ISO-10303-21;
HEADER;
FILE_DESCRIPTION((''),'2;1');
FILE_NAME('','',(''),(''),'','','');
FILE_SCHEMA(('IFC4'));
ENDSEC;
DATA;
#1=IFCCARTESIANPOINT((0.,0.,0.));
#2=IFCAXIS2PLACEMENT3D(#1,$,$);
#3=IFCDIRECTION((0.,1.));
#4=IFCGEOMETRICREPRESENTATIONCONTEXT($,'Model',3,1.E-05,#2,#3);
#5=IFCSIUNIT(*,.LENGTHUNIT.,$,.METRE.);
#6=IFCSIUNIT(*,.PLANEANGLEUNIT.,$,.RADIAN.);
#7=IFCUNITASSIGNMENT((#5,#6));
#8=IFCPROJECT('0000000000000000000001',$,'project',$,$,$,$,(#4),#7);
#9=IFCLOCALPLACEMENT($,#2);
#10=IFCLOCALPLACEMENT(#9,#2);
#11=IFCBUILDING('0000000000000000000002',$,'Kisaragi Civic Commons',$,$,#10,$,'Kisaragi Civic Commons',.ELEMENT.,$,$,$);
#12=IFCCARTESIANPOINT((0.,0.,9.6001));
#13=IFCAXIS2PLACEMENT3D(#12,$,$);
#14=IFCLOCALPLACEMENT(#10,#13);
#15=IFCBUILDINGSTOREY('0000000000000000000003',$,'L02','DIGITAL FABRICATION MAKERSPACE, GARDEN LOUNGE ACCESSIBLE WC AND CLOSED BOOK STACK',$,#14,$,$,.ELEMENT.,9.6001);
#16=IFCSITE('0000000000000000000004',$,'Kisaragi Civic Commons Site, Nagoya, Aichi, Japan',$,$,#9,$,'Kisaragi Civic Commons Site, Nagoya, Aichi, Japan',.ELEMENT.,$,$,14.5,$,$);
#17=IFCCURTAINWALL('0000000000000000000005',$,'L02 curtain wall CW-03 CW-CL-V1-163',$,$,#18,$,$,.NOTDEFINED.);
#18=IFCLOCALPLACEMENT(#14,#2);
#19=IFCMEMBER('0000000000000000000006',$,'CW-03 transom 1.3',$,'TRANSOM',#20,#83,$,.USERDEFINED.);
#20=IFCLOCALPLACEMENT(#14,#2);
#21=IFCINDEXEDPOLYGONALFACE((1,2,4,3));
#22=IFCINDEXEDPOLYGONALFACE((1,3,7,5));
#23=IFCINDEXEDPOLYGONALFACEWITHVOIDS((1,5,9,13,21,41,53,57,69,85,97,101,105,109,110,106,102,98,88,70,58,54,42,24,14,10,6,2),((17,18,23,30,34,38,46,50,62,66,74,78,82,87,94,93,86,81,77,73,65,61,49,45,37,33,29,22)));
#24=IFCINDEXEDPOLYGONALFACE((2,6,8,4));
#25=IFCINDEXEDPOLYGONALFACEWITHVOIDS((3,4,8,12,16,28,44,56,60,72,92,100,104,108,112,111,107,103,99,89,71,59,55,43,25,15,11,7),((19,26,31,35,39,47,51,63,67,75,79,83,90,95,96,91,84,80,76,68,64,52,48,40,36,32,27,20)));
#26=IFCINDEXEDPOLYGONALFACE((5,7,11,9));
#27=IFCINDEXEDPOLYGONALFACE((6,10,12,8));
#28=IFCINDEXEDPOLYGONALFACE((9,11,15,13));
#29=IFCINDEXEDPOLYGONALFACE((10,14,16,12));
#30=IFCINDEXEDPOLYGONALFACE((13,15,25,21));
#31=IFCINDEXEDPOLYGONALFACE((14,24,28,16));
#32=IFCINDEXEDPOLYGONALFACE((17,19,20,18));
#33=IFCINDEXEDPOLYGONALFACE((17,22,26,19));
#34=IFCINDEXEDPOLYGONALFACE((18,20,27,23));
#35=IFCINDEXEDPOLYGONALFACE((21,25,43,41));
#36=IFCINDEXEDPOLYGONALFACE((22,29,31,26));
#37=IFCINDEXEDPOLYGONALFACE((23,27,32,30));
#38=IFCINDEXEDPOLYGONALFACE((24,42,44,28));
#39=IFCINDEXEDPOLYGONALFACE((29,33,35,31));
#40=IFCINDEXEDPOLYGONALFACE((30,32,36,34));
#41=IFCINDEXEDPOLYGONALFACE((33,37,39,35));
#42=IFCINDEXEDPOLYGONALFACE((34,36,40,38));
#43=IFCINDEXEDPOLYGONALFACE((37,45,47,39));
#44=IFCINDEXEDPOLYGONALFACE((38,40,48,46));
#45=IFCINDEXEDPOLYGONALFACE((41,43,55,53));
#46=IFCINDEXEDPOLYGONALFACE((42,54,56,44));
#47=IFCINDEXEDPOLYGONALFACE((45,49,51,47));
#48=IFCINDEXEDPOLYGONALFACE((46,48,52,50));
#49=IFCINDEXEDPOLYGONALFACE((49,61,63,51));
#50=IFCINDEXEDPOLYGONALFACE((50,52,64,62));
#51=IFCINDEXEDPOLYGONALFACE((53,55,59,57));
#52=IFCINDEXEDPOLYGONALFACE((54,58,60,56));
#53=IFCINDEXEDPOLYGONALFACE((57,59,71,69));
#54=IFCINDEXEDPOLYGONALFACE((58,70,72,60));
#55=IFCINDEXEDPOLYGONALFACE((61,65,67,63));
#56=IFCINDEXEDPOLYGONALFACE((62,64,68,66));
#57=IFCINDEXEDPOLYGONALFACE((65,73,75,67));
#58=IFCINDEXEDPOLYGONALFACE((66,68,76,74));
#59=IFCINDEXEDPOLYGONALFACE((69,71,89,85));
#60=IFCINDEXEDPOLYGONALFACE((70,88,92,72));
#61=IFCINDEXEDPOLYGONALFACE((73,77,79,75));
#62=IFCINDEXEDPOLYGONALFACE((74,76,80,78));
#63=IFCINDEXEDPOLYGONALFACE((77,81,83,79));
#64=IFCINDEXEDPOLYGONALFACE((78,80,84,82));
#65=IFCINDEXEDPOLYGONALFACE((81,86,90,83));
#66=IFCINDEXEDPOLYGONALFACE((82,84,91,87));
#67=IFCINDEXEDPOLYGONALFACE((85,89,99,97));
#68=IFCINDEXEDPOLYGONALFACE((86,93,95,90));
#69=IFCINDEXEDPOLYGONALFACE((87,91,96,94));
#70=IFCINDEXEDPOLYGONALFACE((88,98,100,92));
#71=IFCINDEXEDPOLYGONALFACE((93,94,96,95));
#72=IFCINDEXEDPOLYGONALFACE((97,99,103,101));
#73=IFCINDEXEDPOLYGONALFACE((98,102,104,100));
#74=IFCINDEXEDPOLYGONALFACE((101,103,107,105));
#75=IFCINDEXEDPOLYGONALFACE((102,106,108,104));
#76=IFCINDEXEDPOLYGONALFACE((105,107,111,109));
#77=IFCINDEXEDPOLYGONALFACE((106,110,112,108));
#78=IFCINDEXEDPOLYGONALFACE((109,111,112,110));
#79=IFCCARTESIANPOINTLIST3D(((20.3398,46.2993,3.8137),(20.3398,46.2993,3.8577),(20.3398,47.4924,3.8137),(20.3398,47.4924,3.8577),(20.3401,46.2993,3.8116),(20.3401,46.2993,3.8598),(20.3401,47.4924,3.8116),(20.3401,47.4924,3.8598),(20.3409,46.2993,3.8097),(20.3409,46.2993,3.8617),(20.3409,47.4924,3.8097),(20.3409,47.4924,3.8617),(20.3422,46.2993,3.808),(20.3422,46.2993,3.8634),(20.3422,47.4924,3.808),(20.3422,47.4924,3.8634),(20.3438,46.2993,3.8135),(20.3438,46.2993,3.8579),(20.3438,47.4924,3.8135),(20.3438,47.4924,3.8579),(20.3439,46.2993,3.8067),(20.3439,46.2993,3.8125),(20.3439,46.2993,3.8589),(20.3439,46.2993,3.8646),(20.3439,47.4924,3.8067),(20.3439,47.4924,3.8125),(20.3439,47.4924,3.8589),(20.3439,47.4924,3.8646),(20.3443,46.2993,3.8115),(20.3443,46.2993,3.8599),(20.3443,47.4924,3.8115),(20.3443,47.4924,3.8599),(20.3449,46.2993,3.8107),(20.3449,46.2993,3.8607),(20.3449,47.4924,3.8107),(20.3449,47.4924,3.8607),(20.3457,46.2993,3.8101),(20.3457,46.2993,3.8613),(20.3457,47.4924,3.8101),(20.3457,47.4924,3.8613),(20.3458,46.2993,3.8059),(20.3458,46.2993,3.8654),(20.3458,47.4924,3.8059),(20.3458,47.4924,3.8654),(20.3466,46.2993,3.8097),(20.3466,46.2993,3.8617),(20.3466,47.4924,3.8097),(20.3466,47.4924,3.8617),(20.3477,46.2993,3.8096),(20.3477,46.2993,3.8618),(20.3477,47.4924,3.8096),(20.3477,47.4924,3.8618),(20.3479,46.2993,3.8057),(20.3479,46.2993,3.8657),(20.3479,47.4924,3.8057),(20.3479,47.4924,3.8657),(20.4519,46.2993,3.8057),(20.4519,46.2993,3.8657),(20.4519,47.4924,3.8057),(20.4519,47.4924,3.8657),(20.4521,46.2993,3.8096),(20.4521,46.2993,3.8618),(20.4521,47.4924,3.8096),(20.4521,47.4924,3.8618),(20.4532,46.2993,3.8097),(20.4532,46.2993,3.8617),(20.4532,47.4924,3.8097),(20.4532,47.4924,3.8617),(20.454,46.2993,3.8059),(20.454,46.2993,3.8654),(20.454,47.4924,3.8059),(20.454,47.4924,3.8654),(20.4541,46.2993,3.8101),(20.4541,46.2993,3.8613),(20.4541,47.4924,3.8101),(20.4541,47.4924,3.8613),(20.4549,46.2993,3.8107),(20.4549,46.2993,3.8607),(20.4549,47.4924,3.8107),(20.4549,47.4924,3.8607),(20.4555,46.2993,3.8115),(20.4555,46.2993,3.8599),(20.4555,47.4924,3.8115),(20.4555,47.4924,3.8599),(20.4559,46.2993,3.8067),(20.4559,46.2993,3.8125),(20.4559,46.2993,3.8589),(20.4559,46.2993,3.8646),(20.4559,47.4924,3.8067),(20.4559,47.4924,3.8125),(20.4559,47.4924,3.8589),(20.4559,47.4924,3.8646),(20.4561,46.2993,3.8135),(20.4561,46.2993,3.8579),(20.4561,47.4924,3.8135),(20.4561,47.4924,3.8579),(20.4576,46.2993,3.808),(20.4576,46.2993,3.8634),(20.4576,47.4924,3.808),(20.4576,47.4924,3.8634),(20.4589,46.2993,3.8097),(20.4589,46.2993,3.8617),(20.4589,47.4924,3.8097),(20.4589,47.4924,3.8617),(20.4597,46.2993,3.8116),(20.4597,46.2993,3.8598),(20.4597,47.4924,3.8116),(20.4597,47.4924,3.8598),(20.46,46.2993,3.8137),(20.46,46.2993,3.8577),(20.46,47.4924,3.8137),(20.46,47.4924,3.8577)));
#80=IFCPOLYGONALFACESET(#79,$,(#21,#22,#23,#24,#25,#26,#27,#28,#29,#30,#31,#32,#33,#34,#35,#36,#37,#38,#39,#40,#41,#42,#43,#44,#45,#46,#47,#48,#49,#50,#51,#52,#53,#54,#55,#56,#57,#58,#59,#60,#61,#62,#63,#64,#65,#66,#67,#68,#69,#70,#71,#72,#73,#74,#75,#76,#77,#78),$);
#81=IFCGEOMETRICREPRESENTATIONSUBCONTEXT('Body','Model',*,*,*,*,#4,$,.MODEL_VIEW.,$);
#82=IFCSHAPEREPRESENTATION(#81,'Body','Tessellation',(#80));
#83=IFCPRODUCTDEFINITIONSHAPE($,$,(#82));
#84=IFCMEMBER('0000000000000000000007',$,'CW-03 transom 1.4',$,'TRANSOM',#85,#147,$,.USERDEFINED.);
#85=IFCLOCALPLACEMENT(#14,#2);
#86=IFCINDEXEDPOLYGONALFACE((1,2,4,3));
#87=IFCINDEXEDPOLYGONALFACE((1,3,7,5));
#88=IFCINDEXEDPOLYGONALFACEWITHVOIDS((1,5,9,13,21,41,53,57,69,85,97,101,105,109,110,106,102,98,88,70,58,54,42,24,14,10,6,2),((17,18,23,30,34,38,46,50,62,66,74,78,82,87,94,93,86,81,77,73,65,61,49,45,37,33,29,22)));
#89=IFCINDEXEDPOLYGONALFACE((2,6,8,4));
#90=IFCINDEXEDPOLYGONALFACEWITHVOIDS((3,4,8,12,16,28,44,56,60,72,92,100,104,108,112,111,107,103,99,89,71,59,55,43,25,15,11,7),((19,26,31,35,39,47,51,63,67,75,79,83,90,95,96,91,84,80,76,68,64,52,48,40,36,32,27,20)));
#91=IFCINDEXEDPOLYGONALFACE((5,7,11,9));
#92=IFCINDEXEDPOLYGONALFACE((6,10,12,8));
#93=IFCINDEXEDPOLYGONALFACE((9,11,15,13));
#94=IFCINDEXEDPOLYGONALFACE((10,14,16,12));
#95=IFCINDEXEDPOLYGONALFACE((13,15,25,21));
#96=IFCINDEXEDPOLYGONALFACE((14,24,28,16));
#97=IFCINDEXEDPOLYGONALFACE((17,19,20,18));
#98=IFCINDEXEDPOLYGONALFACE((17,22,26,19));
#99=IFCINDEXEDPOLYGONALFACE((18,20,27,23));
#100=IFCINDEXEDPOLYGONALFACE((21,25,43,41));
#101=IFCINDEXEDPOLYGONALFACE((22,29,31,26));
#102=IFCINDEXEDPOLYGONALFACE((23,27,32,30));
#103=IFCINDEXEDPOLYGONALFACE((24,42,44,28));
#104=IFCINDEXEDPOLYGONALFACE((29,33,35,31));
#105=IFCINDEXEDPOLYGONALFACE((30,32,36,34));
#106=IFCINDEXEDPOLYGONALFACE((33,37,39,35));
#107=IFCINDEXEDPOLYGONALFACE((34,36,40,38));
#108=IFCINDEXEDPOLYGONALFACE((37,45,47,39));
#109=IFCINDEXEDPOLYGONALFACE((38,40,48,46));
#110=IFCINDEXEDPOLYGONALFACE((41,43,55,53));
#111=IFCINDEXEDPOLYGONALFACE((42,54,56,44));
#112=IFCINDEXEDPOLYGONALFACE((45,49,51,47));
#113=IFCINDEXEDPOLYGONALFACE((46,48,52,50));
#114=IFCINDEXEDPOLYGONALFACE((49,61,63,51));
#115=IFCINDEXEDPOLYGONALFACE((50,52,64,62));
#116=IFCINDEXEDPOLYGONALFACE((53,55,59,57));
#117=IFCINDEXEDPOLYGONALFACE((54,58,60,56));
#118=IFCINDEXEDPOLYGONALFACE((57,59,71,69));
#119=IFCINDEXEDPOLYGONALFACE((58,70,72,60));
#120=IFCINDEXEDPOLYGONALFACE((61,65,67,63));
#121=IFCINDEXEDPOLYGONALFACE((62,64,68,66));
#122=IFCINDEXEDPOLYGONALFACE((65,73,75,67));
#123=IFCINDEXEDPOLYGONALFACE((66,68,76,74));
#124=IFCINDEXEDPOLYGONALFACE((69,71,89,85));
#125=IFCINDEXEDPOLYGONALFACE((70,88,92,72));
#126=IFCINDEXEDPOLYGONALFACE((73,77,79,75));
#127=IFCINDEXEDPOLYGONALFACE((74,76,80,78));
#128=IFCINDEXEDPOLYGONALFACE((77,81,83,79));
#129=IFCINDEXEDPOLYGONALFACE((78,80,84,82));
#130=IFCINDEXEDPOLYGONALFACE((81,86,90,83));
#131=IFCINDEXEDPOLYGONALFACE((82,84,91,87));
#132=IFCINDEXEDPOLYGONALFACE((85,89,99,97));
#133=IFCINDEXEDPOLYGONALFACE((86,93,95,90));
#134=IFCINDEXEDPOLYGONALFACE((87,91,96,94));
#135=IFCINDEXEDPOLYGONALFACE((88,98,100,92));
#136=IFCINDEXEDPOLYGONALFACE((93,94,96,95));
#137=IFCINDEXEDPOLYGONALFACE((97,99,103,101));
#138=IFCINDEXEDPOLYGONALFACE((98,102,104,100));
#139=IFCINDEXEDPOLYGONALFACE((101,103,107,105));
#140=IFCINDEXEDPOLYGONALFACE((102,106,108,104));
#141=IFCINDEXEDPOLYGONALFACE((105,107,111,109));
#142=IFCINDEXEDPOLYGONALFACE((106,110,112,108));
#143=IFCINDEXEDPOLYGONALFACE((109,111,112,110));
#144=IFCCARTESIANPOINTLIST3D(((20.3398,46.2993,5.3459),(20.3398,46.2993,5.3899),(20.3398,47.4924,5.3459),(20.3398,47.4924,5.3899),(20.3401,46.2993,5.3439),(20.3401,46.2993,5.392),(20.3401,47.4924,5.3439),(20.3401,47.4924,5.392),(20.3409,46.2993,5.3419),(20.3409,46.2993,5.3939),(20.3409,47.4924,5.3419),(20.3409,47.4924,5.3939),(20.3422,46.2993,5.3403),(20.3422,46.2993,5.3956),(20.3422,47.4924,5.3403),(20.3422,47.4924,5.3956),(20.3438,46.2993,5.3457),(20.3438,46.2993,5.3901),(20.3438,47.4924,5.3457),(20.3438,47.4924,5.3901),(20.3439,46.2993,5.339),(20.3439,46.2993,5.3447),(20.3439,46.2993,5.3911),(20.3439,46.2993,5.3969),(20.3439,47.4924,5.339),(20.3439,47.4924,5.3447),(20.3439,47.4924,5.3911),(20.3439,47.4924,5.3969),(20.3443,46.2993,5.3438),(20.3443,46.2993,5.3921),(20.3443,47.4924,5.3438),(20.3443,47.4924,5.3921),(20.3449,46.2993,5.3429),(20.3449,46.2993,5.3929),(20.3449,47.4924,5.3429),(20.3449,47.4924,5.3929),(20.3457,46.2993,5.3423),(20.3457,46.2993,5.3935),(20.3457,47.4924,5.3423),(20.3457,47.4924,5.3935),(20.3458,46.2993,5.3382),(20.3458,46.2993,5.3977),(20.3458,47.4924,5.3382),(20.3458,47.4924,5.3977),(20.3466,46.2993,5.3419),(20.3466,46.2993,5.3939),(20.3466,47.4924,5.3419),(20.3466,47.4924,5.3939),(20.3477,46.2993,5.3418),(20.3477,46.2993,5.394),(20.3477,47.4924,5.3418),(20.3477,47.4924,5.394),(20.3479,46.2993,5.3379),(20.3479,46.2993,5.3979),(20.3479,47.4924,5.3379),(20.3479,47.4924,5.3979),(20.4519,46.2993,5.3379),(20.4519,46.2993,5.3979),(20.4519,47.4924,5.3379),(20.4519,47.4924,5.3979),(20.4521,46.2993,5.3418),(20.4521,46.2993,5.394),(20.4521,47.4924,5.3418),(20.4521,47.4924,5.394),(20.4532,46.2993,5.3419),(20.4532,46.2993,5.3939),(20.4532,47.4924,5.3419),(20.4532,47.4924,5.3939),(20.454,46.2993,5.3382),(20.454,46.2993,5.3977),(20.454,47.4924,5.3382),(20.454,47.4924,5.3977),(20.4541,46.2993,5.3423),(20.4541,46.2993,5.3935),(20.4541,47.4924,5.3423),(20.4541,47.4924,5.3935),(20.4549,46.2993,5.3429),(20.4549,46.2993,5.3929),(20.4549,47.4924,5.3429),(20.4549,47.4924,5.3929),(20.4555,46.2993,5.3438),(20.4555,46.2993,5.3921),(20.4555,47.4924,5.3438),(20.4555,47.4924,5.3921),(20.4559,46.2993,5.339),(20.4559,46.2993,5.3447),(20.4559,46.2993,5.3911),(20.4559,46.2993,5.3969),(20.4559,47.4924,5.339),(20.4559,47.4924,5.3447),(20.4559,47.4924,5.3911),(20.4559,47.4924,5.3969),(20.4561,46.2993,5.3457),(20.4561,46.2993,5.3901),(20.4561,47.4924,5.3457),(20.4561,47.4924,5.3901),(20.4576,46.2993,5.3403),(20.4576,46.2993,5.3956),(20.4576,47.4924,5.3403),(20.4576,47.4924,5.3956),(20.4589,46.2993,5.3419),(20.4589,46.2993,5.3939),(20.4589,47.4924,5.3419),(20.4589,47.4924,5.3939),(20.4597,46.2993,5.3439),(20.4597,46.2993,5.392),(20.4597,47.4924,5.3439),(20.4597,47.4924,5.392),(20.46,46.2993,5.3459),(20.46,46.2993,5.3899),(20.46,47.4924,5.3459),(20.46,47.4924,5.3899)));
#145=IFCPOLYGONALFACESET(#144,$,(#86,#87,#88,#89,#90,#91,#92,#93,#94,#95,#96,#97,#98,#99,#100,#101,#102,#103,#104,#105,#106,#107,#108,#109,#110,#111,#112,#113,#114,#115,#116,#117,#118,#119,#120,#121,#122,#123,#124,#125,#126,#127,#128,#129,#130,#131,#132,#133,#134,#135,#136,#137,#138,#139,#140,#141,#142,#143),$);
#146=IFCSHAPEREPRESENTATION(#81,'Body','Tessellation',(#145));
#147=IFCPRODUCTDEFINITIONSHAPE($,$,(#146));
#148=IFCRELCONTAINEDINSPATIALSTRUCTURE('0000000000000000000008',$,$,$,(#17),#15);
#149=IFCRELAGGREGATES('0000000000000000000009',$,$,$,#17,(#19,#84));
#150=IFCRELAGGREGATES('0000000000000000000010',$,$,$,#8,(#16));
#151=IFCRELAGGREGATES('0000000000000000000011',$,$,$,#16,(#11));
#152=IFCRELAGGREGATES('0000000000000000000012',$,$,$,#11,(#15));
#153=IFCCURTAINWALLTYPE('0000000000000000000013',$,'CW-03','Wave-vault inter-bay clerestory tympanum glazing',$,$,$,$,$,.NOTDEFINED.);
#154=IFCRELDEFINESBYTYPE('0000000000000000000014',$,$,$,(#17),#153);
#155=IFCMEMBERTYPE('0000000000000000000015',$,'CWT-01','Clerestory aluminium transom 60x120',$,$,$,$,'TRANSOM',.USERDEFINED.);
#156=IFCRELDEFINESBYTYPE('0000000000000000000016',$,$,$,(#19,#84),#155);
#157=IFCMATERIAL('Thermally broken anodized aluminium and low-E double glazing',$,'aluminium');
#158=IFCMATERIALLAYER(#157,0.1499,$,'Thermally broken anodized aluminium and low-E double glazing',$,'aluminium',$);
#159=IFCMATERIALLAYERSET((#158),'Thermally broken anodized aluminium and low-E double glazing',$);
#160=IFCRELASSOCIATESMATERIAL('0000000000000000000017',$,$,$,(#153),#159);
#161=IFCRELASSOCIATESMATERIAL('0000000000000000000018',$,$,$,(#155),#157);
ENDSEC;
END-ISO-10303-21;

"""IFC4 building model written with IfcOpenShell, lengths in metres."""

from ifc_helpers import new_model, si_unit, direction, frame, origin, origin_2d, place, context, subcontext, project, spatial, hollow_rectangle, extrude, material, layer, layer_set, material_profile, profile_set, type_object, element, aggregate, save


model = new_model("IFC4")

# Units and contexts
model_context = context("Model", 3, precision=1e-05, world=origin(), true_north=direction((0.0, 1.0)))
body_context = subcontext(model_context, "Body", "Model", "MODEL_VIEW")
ifc_project = project(units=[si_unit("LENGTHUNIT", "METRE"), si_unit("PLANEANGLEUNIT", "RADIAN")], contexts=[model_context])

# Site, building, storey
site_placement = place(None, origin())
site = spatial("IfcSite", under=ifc_project, at=site_placement, Name="Kisaragi Civic Commons Site, Nagoya, Aichi, Japan", LongName="Kisaragi Civic Commons Site, Nagoya, Aichi, Japan", CompositionType="ELEMENT", RefElevation=14.5)
building_placement = place(site_placement, origin())
building = spatial("IfcBuilding", under=site, at=building_placement, Name="Kisaragi Civic Commons", LongName="Kisaragi Civic Commons", CompositionType="ELEMENT")
storey_placement = place(building_placement, frame((0.0, 0.0, 9.6001)))
storey = spatial("IfcBuildingStorey", under=building, at=storey_placement, Name="L02", Description="DIGITAL FABRICATION MAKERSPACE, GARDEN LOUNGE ACCESSIBLE WC AND CLOSED BOOK STACK", CompositionType="ELEMENT", Elevation=9.6001)

# Curtain wall
ifc_material_1 = material(Name="Thermally broken anodized aluminium and low-E double glazing", Category="aluminium")
ifc_layer_1 = layer(ifc_material_1, 0.1499, Name="Thermally broken anodized aluminium and low-E double glazing", Category="aluminium")
ifc_layer_set_1 = layer_set([ifc_layer_1], Name="Thermally broken anodized aluminium and low-E double glazing")
curtain_wall_type = type_object("IfcCurtainWallType", Name="CW-03", Description="Wave-vault inter-bay clerestory tympanum glazing", PredefinedType="NOTDEFINED", material=ifc_layer_set_1)
curtain_wall_1_placement = place(storey_placement, origin())
curtain_wall_1 = element("IfcCurtainWall", 1, at=curtain_wall_1_placement, inside=storey, type_object=curtain_wall_type, Name="L02 curtain wall CW-03 CW-CL-V1-163", PredefinedType="NOTDEFINED")

# Members
ifc_material_profile_1 = material_profile(ifc_material_1, hollow_rectangle(XDim=0.1201, YDim=0.0601, WallThickness=0.0039, InnerFilletRadius=0.0039, OuterFilletRadius=0.0081, at=origin_2d()), Name="CWT-60x120x4", Category="aluminium")
ifc_profile_set_1 = profile_set([ifc_material_profile_1], Name="Thermally broken anodized aluminium and low-E double glazing")
member_type_1 = type_object("IfcMemberType", Name="CWT-01", Description="Clerestory aluminium transom 60x120", ElementType="TRANSOM", PredefinedType="USERDEFINED", material=ifc_profile_set_1)
member_1_placement = place(storey_placement, frame((20.3999, 46.2993, 3.8357), z_axis=(0.0, 1.0, 0.0), x_axis=(-1.0, 0.0, 0.0)))
member_1 = element("IfcMember", 2, at=member_1_placement, type_object=member_type_1, Name="CW-03 transom 1.3", ObjectType="TRANSOM", PredefinedType="USERDEFINED", context=body_context, shape_type="SweptSolid", body=[
    extrude(hollow_rectangle(XDim=0.1201, YDim=0.0601, WallThickness=0.0039, InnerFilletRadius=0.0039, OuterFilletRadius=0.0081, at=origin_2d()), origin(), (0.0, 0.0, 1.0), 1.1931),
])
member_2_placement = place(storey_placement, frame((20.3999, 46.2993, 5.3679), z_axis=(0.0, 1.0, 0.0), x_axis=(-1.0, 0.0, 0.0)))
member_2 = element("IfcMember", 3, at=member_2_placement, type_object=member_type_1, Name="CW-03 transom 1.4", ObjectType="TRANSOM", PredefinedType="USERDEFINED", context=body_context, shape_type="SweptSolid", body=[
    extrude(hollow_rectangle(XDim=0.1201, YDim=0.0601, WallThickness=0.0039, InnerFilletRadius=0.0039, OuterFilletRadius=0.0081, at=origin_2d()), origin(), (0.0, 0.0, 1.0), 1.1931),
])

aggregate(curtain_wall_1, [member_1, member_2])

save(model, "model.ifc")
